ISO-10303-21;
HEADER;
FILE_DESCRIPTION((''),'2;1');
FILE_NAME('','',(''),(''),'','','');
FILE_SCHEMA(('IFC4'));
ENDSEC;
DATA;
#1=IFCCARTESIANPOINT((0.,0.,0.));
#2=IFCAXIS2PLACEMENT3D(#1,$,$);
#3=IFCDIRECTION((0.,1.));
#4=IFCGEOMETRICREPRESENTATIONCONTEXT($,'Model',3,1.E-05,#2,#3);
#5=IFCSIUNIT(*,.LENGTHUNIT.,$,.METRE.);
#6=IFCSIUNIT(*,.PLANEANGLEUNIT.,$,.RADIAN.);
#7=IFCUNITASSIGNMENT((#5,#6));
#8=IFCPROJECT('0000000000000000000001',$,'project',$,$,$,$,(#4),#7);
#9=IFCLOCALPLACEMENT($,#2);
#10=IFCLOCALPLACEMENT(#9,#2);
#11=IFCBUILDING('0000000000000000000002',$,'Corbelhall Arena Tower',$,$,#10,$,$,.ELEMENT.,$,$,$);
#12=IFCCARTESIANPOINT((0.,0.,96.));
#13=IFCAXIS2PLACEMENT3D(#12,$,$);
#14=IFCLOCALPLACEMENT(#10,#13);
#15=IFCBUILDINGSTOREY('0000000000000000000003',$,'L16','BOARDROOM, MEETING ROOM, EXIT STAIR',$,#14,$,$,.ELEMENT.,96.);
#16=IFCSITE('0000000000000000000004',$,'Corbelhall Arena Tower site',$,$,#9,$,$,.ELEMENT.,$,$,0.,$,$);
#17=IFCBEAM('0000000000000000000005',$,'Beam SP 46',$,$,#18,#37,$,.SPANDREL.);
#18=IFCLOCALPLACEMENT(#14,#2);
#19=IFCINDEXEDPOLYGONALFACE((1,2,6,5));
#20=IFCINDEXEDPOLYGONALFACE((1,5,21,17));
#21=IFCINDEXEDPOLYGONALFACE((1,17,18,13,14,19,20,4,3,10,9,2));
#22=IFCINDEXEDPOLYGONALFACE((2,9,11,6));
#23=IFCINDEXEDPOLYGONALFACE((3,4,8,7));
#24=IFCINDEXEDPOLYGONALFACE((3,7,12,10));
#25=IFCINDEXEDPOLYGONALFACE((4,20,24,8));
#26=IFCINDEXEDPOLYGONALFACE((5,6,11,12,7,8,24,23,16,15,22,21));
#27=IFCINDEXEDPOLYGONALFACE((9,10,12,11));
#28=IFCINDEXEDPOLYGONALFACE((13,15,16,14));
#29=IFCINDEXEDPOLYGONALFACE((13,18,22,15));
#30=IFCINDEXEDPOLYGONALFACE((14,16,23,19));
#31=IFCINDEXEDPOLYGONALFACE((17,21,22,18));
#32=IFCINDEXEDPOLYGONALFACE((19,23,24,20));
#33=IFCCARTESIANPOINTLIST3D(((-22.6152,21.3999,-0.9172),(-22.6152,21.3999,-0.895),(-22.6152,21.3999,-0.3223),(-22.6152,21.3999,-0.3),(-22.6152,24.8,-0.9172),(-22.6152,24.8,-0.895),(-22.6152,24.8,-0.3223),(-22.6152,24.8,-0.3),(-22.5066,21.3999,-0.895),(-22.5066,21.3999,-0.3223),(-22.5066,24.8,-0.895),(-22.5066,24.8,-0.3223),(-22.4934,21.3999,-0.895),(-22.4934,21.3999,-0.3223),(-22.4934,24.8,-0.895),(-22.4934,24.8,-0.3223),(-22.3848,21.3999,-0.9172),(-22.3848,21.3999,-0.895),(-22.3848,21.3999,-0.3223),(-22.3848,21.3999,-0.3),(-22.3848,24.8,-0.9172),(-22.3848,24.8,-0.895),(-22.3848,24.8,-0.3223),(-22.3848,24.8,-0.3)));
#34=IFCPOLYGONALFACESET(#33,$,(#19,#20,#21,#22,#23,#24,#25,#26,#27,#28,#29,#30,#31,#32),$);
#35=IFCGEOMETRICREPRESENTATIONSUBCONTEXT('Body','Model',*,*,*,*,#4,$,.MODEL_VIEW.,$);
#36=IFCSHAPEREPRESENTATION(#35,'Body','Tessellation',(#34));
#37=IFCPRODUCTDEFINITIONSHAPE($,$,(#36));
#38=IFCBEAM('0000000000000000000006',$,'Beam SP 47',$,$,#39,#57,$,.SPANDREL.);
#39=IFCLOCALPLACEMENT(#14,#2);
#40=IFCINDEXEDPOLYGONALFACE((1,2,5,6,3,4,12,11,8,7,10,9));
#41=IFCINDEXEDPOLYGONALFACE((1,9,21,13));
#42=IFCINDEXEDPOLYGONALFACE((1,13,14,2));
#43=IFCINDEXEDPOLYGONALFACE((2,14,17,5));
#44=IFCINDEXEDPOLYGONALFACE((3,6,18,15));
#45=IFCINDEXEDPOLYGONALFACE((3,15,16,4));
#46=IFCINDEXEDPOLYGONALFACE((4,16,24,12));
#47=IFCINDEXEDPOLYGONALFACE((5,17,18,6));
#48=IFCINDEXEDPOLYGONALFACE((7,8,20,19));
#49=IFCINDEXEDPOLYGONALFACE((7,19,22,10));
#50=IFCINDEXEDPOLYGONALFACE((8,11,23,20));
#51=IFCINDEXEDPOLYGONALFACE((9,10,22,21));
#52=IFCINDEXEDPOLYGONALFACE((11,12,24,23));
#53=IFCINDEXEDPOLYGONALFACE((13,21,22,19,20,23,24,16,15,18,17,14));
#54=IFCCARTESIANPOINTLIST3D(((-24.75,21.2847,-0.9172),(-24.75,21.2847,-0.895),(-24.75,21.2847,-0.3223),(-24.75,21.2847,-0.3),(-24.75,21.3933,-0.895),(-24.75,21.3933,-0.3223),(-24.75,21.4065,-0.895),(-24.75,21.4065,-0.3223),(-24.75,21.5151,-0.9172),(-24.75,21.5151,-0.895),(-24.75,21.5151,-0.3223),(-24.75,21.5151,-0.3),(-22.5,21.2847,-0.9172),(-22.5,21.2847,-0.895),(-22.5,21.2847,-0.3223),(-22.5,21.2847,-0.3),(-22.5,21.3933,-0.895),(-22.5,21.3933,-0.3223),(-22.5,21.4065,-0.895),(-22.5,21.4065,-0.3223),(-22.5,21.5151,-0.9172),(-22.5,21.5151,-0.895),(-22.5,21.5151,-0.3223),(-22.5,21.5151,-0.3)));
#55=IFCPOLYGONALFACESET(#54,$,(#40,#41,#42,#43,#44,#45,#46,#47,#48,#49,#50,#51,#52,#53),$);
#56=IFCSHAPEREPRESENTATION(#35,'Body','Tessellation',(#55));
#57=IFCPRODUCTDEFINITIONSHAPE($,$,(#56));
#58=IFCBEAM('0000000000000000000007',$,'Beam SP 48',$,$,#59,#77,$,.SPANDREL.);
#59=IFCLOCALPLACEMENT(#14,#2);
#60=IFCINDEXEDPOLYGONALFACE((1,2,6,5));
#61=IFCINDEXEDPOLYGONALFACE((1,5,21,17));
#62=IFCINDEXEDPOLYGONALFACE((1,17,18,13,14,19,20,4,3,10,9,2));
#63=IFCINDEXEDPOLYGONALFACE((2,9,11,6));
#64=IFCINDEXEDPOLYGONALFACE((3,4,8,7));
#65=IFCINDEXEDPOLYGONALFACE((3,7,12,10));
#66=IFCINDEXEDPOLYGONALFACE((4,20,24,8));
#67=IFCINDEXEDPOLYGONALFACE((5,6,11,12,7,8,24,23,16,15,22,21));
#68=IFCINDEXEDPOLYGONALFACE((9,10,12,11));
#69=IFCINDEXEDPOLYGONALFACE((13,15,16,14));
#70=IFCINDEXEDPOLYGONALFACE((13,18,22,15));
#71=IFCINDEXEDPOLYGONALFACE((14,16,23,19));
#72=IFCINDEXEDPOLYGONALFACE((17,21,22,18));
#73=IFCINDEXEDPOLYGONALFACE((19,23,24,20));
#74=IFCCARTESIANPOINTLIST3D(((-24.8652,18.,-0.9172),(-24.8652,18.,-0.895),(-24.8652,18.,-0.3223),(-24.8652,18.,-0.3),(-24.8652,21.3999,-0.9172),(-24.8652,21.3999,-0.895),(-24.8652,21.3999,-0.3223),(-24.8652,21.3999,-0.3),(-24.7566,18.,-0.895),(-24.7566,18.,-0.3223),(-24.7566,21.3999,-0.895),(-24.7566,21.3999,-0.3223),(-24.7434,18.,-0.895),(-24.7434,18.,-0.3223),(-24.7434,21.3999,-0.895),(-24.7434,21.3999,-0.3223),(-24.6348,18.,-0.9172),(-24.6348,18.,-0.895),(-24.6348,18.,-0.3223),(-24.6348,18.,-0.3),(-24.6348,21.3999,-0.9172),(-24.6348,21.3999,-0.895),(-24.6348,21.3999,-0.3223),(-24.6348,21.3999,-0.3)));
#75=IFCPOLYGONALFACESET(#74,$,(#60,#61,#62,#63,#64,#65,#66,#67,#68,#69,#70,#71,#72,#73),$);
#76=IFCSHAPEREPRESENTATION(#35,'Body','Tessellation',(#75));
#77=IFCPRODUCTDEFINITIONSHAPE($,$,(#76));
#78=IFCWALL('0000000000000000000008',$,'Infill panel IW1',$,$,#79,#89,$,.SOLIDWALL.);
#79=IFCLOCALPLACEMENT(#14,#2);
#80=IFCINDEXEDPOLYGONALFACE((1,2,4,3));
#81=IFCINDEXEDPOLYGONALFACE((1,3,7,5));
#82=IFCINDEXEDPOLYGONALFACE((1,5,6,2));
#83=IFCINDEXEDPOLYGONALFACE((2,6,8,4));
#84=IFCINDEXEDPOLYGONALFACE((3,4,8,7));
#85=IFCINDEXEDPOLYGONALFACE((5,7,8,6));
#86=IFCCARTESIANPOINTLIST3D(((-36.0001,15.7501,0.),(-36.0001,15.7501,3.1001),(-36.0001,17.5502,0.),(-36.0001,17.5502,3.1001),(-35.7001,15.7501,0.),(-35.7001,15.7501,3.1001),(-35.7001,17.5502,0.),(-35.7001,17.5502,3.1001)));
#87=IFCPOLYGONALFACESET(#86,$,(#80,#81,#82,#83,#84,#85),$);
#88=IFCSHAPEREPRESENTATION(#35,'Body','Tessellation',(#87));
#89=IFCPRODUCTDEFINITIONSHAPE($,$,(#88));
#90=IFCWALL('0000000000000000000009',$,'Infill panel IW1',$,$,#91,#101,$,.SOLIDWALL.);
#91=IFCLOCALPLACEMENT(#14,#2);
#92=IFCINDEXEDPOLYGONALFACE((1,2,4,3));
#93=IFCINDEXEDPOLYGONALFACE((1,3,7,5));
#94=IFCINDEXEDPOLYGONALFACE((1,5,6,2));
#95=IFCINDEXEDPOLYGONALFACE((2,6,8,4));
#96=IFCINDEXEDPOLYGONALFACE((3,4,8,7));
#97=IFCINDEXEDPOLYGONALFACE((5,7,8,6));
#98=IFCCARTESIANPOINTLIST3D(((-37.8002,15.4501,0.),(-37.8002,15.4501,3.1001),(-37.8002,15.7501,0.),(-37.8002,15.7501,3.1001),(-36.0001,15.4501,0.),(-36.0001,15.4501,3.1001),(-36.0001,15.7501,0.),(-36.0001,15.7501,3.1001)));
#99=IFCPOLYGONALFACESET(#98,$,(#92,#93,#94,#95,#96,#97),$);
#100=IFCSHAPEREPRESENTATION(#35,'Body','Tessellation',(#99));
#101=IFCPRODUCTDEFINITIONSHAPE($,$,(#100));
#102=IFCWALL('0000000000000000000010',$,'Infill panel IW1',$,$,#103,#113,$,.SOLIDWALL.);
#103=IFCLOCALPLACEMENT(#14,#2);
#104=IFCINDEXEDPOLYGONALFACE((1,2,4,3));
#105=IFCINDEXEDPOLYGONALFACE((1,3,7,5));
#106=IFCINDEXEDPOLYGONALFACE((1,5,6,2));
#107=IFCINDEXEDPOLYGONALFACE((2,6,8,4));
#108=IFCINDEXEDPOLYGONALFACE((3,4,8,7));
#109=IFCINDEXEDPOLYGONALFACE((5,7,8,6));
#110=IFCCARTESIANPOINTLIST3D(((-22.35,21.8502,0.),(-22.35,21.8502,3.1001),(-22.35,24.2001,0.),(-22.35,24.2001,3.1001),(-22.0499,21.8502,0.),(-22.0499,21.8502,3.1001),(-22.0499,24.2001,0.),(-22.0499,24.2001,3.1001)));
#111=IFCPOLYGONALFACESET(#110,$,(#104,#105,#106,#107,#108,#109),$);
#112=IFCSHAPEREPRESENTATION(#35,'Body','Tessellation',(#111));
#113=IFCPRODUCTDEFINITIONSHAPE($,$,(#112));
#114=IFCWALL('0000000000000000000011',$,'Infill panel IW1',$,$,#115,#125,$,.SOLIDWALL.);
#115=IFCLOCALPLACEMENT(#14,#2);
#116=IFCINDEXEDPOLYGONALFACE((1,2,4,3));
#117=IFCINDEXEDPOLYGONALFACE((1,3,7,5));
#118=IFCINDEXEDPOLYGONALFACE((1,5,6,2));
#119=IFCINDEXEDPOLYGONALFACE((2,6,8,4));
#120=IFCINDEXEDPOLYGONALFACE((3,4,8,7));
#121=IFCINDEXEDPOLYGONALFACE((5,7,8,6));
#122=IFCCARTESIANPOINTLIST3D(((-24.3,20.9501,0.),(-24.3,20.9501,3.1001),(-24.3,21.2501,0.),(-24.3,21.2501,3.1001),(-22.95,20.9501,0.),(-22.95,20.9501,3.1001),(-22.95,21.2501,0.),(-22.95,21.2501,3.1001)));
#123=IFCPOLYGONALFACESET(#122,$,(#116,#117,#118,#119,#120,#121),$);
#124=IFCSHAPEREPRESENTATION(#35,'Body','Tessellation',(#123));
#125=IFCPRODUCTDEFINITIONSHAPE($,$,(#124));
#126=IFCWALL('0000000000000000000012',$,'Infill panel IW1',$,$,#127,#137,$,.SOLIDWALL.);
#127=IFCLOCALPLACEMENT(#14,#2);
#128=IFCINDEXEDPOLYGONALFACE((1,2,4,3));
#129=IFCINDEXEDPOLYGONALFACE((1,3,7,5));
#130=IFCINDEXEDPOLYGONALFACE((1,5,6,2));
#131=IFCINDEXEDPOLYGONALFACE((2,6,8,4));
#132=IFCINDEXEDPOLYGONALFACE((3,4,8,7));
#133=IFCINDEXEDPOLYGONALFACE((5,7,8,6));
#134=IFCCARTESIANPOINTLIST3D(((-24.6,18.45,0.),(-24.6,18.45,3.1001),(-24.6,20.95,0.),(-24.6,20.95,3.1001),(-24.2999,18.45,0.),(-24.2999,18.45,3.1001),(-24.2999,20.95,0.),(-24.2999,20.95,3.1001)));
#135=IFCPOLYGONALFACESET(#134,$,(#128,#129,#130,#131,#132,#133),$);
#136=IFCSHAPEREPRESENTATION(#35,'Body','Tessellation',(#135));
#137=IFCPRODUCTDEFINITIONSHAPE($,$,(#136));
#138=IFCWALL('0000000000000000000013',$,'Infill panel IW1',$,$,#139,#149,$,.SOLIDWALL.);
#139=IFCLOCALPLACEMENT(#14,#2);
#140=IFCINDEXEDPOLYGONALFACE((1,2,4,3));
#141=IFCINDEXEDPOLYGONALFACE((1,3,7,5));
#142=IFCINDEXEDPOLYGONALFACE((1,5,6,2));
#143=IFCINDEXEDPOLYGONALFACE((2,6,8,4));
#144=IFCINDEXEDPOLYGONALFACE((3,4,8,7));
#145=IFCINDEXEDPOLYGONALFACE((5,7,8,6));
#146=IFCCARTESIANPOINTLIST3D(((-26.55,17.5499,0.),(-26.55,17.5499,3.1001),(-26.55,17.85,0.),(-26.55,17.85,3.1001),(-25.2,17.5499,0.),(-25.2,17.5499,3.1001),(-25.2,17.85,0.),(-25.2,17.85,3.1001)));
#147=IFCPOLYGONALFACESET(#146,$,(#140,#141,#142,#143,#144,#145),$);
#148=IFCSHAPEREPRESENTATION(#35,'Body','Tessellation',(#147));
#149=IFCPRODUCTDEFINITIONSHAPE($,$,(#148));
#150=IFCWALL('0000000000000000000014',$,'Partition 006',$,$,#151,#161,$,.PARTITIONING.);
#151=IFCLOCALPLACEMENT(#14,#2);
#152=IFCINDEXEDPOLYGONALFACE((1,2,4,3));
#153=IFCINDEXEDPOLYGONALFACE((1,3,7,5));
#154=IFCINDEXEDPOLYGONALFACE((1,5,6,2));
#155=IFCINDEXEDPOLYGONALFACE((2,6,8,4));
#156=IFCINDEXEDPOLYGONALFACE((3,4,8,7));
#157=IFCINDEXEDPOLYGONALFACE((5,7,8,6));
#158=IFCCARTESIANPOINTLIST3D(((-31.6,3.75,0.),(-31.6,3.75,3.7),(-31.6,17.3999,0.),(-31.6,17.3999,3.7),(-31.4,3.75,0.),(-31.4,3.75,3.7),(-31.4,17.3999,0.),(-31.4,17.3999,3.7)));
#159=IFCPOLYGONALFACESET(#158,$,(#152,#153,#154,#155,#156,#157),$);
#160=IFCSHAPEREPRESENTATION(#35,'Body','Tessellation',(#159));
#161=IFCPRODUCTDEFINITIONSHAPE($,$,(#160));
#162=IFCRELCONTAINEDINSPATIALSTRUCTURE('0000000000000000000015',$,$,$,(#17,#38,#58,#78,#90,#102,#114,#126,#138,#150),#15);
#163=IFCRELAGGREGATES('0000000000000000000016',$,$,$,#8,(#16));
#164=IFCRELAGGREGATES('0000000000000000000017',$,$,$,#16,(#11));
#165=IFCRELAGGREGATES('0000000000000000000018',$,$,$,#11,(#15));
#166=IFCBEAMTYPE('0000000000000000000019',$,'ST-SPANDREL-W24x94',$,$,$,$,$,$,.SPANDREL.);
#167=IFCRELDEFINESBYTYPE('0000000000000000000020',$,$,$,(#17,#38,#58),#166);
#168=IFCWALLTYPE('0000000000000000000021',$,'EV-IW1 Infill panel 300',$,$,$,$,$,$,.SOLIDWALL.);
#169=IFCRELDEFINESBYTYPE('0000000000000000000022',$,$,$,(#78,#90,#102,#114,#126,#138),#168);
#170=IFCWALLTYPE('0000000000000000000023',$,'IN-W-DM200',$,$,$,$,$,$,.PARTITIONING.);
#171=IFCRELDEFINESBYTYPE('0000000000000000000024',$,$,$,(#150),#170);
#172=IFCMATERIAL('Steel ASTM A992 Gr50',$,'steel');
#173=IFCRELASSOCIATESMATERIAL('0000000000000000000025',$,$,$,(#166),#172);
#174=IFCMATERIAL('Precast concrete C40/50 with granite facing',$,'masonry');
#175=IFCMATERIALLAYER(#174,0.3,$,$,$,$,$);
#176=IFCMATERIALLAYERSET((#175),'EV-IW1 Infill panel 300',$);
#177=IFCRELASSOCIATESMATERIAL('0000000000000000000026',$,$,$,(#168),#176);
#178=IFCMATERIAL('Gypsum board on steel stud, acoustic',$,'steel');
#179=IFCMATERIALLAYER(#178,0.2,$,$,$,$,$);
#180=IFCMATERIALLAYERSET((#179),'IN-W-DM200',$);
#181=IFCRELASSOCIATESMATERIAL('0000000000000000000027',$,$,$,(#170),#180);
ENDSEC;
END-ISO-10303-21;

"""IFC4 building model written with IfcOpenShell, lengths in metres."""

from ifc_helpers import new_model, si_unit, direction, frame, frame_2d, origin, origin_2d, place, context, subcontext, project, spatial, rectangle, i_section, extrude, material, layer, layer_set, material_profile, profile_set, type_object, element, save


model = new_model("IFC4")

# Units and contexts
model_context = context("Model", 3, precision=1e-05, world=origin(), true_north=direction((0.0, 1.0)))
body_context = subcontext(model_context, "Body", "Model", "MODEL_VIEW")
ifc_project = project(units=[si_unit("LENGTHUNIT", "METRE"), si_unit("PLANEANGLEUNIT", "RADIAN")], contexts=[model_context])

# Site, building, storey
site_placement = place(None, origin())
site = spatial("IfcSite", under=ifc_project, at=site_placement, Name="Corbelhall Arena Tower site", CompositionType="ELEMENT", RefElevation=0.0)
building_placement = place(site_placement, origin())
building = spatial("IfcBuilding", under=site, at=building_placement, Name="Corbelhall Arena Tower", CompositionType="ELEMENT")
storey_placement = place(building_placement, frame((0.0, 0.0, 96.0)))
storey = spatial("IfcBuildingStorey", under=building, at=storey_placement, Name="L16", Description="BOARDROOM, MEETING ROOM, EXIT STAIR", CompositionType="ELEMENT", Elevation=96.0)

# Beams
ifc_material_1 = material(Name="Steel ASTM A992 Gr50", Category="steel")
ifc_material_profile_1 = material_profile(ifc_material_1, i_section(OverallWidth=0.2305, OverallDepth=0.6172, WebThickness=0.0132, FlangeThickness=0.0222, at=origin_2d()))
ifc_profile_set_1 = profile_set([ifc_material_profile_1], Name="Steel ASTM A992 Gr50")
beam_type = type_object("IfcBeamType", Name="ST-SPANDREL-W24x94", PredefinedType="SPANDREL", material=ifc_profile_set_1)
beam_1_placement = place(storey_placement, frame((-22.5, 21.3999, -0.6086), z_axis=(0.0, 1.0, 0.0), x_axis=(-1.0, 0.0, 0.0)))
element("IfcBeam", 1, at=beam_1_placement, inside=storey, type_object=beam_type, Name="Beam SP 46", PredefinedType="SPANDREL", context=body_context, shape_type="SweptSolid", body=[
    extrude(i_section(OverallWidth=0.2305, OverallDepth=0.6172, WebThickness=0.0132, FlangeThickness=0.0222, at=origin_2d()), origin(), (0.0, 0.0, 1.0), 3.4001),
])
beam_2_placement = place(storey_placement, frame((-24.75, 21.3999, -0.6086), z_axis=(1.0, 0.0, 0.0), x_axis=(0.0, 1.0, 0.0)))
element("IfcBeam", 2, at=beam_2_placement, inside=storey, type_object=beam_type, Name="Beam SP 47", PredefinedType="SPANDREL", context=body_context, shape_type="SweptSolid", body=[
    extrude(i_section(OverallWidth=0.2305, OverallDepth=0.6172, WebThickness=0.0132, FlangeThickness=0.0222, at=origin_2d()), origin(), (0.0, 0.0, 1.0), 2.25),
])
beam_3_placement = place(storey_placement, frame((-24.75, 18.0, -0.6086), z_axis=(0.0, 1.0, 0.0), x_axis=(-1.0, 0.0, 0.0)))
element("IfcBeam", 3, at=beam_3_placement, inside=storey, type_object=beam_type, Name="Beam SP 48", PredefinedType="SPANDREL", context=body_context, shape_type="SweptSolid", body=[
    extrude(i_section(OverallWidth=0.2305, OverallDepth=0.6172, WebThickness=0.0132, FlangeThickness=0.0222, at=origin_2d()), origin(), (0.0, 0.0, 1.0), 3.3999),
])

# Walls
ifc_material_2 = material(Name="Precast concrete C40/50 with granite facing", Category="masonry")
ifc_layer_1 = layer(ifc_material_2, 0.3)
ifc_layer_set_1 = layer_set([ifc_layer_1], Name="EV-IW1 Infill panel 300")
wall_type_1 = type_object("IfcWallType", Name="EV-IW1 Infill panel 300", PredefinedType="SOLIDWALL", material=ifc_layer_set_1)
for number, where, z_axis, x_axis, name in (
    (4, (-35.8501, 17.55, 0.0), (0.0, 0.0, 1.0), (0.0, -1.0, 0.0), "Infill panel IW1"),
    (5, (-37.8, 15.6001, 0.0), (0.0, 0.0, 1.0), (1.0, 0.0, 0.0), "Infill panel IW1"),
):
    element("IfcWall", number, at=place(storey_placement, frame(where, z_axis=z_axis, x_axis=x_axis)), inside=storey, type_object=wall_type_1, Name=name, PredefinedType="SOLIDWALL", context=body_context, shape_type="SweptSolid", body=[
        extrude(rectangle(XDim=1.8, YDim=0.3, at=frame_2d((0.8999, 0.0))), origin(), (0.0, 0.0, 1.0), 3.1001),
    ])
wall_1_placement = place(storey_placement, frame((-22.2, 24.2, 0.0), z_axis=(0.0, 0.0, 1.0), x_axis=(0.0, -1.0, 0.0)))
element("IfcWall", 6, at=wall_1_placement, inside=storey, type_object=wall_type_1, Name="Infill panel IW1", PredefinedType="SOLIDWALL", context=body_context, shape_type="SweptSolid", body=[
    extrude(rectangle(XDim=2.3499, YDim=0.3, at=frame_2d((1.1748, 0.0))), origin(), (0.0, 0.0, 1.0), 3.1001),
])
wall_2_placement = place(storey_placement, frame((-22.95, 21.1001, 0.0), z_axis=(0.0, 0.0, 1.0), x_axis=(-1.0, 0.0, 0.0)))
element("IfcWall", 7, at=wall_2_placement, inside=storey, type_object=wall_type_1, Name="Infill panel IW1", PredefinedType="SOLIDWALL", context=body_context, shape_type="SweptSolid", body=[
    extrude(rectangle(XDim=1.3501, YDim=0.3, at=frame_2d((0.675, 0.0))), origin(), (0.0, 0.0, 1.0), 3.1001),
])
wall_3_placement = place(storey_placement, frame((-24.45, 20.95, 0.0), z_axis=(0.0, 0.0, 1.0), x_axis=(0.0, -1.0, 0.0)))
element("IfcWall", 8, at=wall_3_placement, inside=storey, type_object=wall_type_1, Name="Infill panel IW1", PredefinedType="SOLIDWALL", context=body_context, shape_type="SweptSolid", body=[
    extrude(rectangle(XDim=2.5, YDim=0.3, at=frame_2d((1.25, 0.0))), origin(), (0.0, 0.0, 1.0), 3.1001),
])
wall_4_placement = place(storey_placement, frame((-25.2, 17.7, 0.0), z_axis=(0.0, 0.0, 1.0), x_axis=(-1.0, 0.0, 0.0)))
element("IfcWall", 9, at=wall_4_placement, inside=storey, type_object=wall_type_1, Name="Infill panel IW1", PredefinedType="SOLIDWALL", context=body_context, shape_type="SweptSolid", body=[
    extrude(rectangle(XDim=1.3501, YDim=0.3, at=frame_2d((0.675, 0.0))), origin(), (0.0, 0.0, 1.0), 3.1001),
])

# Wall
ifc_material_3 = material(Name="Gypsum board on steel stud, acoustic", Category="steel")
ifc_layer_2 = layer(ifc_material_3, 0.2)
ifc_layer_set_2 = layer_set([ifc_layer_2], Name="IN-W-DM200")
wall_type_2 = type_object("IfcWallType", Name="IN-W-DM200", PredefinedType="PARTITIONING", material=ifc_layer_set_2)
wall_5_placement = place(storey_placement, frame((-31.5, 17.3999, 0.0), z_axis=(0.0, 0.0, 1.0), x_axis=(0.0, -1.0, 0.0)))
element("IfcWall", 10, at=wall_5_placement, inside=storey, type_object=wall_type_2, Name="Partition 006", PredefinedType="PARTITIONING", context=body_context, shape_type="SweptSolid", body=[
    extrude(rectangle(XDim=13.6499, YDim=0.2, at=frame_2d((6.825, 0.0))), origin(), (0.0, 0.0, 1.0), 3.7),
])

save(model, "model.ifc")
